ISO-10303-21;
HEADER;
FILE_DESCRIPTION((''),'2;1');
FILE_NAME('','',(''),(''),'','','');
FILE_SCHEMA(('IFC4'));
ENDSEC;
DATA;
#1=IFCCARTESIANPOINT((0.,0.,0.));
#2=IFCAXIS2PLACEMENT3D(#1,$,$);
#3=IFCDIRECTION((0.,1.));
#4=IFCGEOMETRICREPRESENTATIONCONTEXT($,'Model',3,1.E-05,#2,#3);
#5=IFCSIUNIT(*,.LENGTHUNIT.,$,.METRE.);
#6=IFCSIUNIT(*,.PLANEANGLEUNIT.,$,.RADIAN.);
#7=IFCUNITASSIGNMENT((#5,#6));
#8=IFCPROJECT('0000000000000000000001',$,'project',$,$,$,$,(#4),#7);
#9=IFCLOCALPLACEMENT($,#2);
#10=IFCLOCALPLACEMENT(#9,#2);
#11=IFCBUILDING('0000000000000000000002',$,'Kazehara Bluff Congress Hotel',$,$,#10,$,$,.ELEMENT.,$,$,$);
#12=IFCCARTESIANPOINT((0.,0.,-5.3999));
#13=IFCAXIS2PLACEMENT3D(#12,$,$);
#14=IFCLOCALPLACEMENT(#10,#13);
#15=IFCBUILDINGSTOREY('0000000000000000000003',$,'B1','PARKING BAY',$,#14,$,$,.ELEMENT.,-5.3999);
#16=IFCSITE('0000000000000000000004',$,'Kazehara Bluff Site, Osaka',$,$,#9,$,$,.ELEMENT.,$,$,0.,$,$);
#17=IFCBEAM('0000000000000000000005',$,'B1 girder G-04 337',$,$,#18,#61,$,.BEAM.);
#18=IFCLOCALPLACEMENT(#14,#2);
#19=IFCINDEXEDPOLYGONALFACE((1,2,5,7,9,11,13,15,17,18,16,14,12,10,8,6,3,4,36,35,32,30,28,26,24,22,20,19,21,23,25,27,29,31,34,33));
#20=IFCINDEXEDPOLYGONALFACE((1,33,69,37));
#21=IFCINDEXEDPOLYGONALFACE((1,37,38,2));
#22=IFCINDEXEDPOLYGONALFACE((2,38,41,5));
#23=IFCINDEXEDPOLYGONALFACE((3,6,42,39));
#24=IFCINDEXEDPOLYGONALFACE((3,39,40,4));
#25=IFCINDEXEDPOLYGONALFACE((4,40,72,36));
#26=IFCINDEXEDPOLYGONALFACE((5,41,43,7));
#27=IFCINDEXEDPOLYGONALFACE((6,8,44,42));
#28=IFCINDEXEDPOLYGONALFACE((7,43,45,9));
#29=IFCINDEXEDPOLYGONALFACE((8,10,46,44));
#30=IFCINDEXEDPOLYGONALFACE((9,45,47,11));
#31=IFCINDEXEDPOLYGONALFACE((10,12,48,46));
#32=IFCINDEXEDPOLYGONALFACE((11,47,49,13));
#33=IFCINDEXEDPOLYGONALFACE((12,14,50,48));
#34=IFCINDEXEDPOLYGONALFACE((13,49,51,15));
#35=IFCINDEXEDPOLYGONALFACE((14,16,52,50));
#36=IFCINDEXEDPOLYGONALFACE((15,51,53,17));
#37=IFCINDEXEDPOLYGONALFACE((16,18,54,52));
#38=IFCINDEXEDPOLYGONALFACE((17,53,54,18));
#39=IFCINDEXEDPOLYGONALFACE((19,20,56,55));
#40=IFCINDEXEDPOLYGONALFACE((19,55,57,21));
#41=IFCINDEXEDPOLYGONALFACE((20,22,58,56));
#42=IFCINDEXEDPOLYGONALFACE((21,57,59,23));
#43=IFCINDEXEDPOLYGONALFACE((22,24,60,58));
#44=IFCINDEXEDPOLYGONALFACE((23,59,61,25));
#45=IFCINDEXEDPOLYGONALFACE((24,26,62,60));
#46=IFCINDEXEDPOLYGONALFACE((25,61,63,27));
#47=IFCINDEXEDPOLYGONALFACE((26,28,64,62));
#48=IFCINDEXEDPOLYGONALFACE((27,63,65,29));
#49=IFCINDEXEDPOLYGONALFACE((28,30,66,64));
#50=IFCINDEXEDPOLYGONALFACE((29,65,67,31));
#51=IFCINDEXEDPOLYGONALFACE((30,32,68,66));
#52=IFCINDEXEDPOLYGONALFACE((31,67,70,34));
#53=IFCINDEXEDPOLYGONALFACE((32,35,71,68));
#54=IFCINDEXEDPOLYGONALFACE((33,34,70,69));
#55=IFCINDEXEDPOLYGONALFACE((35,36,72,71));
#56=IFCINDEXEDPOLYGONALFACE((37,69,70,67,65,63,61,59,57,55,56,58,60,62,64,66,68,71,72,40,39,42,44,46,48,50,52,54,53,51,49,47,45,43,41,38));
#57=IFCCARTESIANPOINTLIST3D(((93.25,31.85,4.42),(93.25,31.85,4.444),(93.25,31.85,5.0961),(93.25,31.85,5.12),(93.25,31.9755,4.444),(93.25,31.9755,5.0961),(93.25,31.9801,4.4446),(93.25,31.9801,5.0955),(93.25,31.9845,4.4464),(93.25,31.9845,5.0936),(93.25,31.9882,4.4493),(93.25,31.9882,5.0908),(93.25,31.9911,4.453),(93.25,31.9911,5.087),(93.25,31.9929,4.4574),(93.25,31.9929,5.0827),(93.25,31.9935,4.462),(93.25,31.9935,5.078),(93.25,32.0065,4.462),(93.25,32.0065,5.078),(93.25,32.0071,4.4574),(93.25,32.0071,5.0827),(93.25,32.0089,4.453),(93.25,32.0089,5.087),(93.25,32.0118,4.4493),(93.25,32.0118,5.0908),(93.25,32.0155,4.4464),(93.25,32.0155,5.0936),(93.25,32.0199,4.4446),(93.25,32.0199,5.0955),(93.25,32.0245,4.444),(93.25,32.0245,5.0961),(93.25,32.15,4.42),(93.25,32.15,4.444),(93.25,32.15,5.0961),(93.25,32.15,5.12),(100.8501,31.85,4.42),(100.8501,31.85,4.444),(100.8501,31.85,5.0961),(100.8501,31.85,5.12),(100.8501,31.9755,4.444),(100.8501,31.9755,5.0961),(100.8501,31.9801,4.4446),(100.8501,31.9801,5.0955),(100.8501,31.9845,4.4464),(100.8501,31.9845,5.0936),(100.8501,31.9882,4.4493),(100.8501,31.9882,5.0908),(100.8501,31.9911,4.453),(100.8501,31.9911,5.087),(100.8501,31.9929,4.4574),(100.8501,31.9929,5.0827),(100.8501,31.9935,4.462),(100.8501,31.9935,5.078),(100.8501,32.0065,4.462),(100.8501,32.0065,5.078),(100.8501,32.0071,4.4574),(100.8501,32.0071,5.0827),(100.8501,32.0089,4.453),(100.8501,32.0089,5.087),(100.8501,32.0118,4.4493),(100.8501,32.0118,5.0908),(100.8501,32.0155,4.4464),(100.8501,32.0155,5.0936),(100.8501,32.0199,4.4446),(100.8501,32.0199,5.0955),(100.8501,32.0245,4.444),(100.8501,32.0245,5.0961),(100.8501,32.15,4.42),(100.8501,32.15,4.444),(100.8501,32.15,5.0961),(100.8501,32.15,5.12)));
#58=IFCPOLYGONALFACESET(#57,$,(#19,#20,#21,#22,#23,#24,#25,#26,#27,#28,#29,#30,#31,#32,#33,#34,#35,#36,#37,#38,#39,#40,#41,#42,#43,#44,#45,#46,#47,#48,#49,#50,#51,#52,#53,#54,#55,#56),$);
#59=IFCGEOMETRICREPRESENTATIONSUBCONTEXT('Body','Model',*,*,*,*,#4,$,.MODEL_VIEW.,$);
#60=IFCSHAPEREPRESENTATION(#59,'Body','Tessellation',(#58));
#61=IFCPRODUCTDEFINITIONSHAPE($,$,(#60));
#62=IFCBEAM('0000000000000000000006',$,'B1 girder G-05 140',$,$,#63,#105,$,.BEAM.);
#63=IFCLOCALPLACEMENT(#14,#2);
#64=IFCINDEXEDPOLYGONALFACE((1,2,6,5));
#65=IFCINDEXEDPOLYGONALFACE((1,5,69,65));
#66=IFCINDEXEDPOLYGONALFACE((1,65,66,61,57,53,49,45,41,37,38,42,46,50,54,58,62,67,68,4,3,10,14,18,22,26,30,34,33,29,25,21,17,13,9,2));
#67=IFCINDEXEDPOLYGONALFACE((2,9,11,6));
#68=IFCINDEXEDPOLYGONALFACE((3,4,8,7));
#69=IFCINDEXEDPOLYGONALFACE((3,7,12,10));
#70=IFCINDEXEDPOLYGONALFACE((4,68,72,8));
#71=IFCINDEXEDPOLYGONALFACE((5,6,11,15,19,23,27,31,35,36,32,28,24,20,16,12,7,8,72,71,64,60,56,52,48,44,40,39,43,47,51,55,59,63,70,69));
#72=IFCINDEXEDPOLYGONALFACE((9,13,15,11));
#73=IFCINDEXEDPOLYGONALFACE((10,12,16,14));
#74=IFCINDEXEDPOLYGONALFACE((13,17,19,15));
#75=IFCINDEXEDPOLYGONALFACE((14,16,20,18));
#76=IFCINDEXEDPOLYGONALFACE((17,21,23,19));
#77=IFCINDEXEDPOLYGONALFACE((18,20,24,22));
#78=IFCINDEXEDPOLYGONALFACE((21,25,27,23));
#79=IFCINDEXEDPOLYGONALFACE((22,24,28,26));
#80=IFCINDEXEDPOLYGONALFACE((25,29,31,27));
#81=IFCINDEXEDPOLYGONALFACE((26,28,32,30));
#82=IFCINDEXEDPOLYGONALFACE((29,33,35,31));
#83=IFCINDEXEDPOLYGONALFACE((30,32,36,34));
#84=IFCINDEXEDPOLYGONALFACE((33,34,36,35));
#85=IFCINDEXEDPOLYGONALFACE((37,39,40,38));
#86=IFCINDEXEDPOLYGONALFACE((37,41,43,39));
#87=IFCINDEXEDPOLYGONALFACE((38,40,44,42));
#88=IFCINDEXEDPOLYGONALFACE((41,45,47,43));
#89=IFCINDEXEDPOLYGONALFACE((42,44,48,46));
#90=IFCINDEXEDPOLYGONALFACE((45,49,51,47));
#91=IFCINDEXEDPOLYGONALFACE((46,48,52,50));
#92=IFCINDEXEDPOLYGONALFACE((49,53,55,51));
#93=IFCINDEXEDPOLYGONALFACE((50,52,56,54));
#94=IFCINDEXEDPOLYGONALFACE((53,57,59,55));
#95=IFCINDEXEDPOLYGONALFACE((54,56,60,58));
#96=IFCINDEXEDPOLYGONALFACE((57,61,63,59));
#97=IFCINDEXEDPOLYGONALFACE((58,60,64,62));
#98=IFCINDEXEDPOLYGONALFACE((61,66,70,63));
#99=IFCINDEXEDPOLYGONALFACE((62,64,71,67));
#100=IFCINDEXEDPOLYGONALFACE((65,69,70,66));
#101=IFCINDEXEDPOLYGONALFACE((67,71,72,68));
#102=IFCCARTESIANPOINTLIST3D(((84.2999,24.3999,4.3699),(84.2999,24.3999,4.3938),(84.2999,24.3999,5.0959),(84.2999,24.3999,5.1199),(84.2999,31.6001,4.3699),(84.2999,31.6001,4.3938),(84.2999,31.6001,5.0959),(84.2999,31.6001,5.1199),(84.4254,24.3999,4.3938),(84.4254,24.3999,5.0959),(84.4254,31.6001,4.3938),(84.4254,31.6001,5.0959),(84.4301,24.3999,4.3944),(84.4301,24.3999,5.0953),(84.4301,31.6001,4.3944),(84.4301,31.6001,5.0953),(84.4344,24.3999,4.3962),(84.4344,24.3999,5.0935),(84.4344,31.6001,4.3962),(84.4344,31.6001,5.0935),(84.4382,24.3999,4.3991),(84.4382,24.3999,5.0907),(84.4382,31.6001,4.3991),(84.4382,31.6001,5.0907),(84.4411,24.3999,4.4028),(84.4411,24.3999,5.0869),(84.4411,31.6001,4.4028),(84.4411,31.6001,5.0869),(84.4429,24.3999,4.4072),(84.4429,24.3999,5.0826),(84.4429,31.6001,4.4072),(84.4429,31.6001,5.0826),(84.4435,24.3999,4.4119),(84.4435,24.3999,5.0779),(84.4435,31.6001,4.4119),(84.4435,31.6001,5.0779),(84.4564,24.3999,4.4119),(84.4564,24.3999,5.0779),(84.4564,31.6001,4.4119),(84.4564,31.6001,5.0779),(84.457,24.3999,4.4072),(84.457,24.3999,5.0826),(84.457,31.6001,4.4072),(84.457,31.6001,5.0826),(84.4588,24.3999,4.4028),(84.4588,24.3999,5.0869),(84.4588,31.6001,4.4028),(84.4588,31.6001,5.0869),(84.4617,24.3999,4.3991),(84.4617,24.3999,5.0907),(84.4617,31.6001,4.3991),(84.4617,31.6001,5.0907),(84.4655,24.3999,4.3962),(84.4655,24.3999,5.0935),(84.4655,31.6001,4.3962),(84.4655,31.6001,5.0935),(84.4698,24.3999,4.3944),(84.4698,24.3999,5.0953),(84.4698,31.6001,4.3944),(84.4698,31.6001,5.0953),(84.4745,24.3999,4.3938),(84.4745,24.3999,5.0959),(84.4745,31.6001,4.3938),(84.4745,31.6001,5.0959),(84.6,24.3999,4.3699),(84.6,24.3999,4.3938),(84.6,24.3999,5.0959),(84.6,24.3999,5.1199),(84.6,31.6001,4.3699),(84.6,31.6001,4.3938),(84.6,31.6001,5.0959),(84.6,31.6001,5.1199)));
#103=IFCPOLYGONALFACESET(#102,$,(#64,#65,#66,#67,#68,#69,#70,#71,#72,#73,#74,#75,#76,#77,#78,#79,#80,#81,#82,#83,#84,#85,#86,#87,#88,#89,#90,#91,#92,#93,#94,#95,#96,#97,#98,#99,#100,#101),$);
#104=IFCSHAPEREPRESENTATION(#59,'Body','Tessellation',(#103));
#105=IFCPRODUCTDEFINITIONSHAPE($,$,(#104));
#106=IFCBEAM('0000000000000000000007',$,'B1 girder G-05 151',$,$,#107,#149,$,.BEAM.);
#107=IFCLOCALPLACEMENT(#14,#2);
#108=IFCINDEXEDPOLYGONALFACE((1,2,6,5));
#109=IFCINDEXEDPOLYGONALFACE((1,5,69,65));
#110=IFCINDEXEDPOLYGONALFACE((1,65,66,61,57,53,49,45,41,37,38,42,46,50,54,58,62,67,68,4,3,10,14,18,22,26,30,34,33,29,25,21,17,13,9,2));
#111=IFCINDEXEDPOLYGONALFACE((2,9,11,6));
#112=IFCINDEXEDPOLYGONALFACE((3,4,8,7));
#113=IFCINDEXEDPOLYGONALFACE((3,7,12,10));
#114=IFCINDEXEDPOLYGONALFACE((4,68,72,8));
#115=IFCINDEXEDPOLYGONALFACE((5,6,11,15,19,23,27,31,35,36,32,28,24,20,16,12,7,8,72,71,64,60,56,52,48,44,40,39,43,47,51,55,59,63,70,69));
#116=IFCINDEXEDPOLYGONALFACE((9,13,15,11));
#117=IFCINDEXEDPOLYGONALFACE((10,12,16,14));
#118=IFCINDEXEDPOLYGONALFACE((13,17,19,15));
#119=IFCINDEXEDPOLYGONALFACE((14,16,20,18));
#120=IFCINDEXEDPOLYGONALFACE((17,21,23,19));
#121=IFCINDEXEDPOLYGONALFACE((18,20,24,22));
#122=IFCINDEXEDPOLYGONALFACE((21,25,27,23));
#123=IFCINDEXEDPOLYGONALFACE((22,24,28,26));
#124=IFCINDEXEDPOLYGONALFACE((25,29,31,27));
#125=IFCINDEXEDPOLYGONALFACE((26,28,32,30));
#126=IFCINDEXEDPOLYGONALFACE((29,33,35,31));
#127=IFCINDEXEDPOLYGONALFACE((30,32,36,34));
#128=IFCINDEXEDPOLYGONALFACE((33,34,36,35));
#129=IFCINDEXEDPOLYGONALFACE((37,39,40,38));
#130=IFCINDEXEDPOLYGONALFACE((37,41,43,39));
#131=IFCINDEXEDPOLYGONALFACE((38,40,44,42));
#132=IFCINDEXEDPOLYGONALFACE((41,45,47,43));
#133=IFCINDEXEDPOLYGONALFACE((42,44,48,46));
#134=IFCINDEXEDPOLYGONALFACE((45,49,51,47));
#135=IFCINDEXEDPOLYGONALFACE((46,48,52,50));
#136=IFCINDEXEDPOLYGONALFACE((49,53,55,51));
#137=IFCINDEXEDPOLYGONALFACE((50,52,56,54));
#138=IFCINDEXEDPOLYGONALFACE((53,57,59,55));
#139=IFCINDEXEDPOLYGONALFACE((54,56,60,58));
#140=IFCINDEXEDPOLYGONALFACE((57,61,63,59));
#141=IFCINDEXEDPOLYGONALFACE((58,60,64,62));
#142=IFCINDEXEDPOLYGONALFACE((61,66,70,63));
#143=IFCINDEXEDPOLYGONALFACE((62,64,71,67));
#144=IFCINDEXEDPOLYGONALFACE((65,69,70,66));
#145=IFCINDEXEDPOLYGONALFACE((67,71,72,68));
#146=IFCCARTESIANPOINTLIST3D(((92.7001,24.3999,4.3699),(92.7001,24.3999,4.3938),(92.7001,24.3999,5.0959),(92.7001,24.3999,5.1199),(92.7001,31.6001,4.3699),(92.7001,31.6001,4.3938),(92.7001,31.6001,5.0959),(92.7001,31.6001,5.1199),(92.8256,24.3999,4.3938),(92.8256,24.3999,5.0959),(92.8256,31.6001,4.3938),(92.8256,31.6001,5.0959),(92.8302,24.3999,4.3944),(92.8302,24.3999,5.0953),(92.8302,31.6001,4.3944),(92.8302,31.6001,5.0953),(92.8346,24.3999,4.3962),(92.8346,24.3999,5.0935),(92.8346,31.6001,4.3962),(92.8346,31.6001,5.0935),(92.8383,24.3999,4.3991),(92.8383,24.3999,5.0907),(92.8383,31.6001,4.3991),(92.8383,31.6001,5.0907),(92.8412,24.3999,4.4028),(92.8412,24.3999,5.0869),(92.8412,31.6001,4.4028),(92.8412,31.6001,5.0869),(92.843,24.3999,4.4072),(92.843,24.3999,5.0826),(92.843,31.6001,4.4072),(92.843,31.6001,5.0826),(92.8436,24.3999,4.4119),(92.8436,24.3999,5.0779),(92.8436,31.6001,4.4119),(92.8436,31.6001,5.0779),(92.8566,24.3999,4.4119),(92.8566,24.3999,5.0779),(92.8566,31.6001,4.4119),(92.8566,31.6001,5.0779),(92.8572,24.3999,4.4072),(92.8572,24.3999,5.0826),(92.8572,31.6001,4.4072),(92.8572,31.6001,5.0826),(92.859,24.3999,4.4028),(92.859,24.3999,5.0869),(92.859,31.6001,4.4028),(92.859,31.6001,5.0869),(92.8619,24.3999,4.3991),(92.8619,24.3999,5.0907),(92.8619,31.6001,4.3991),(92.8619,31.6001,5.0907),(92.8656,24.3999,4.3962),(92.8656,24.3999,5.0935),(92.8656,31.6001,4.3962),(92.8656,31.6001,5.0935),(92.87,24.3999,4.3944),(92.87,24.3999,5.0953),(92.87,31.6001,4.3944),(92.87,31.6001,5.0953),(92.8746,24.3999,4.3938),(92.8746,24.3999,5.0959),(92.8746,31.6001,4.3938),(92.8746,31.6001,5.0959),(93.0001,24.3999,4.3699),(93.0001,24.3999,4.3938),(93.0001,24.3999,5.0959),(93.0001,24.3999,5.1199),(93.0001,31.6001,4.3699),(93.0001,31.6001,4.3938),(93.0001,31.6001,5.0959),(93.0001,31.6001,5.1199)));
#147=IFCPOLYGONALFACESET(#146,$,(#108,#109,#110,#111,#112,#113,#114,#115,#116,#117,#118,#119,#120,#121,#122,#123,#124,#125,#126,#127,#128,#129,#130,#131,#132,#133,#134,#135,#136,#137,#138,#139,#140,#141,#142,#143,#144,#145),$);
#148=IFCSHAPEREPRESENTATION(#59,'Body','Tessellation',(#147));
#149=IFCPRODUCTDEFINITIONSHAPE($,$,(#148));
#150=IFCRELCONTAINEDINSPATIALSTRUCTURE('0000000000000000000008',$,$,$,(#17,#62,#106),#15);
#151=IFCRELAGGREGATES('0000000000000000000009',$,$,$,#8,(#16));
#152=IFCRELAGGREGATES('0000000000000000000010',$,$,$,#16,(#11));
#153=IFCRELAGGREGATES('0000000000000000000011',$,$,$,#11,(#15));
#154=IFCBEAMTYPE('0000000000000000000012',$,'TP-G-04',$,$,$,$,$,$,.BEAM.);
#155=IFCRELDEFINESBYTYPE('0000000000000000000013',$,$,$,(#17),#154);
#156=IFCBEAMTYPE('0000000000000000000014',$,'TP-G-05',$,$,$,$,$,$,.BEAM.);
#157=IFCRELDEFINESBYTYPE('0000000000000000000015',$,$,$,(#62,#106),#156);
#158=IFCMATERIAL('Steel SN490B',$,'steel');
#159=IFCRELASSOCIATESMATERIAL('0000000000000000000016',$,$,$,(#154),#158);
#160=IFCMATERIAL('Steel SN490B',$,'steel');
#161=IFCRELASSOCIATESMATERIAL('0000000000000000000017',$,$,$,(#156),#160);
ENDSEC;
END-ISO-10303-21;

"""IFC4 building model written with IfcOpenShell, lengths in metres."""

from ifc_helpers import new_model, si_unit, direction, frame, origin, origin_2d, place, context, subcontext, project, spatial, i_section, extrude, material, material_profile, profile_set, type_object, element, save


model = new_model("IFC4")

# Units and contexts
model_context = context("Model", 3, precision=1e-05, world=origin(), true_north=direction((0.0, 1.0)))
body_context = subcontext(model_context, "Body", "Model", "MODEL_VIEW")
ifc_project = project(units=[si_unit("LENGTHUNIT", "METRE"), si_unit("PLANEANGLEUNIT", "RADIAN")], contexts=[model_context])

# Site, building, storey
site_placement = place(None, origin())
site = spatial("IfcSite", under=ifc_project, at=site_placement, Name="Kazehara Bluff Site, Osaka", CompositionType="ELEMENT", RefElevation=0.0)
building_placement = place(site_placement, origin())
building = spatial("IfcBuilding", under=site, at=building_placement, Name="Kazehara Bluff Congress Hotel", CompositionType="ELEMENT")
storey_placement = place(building_placement, frame((0.0, 0.0, -5.3999)))
storey = spatial("IfcBuildingStorey", under=building, at=storey_placement, Name="B1", Description="PARKING BAY", CompositionType="ELEMENT", Elevation=-5.3999)

# Beams
ifc_material_1 = material(Name="Steel SN490B", Category="steel")
ifc_material_profile_1 = material_profile(ifc_material_1, i_section(OverallWidth=0.3, OverallDepth=0.7, WebThickness=0.0129, FlangeThickness=0.0239, FilletRadius=0.0181, at=origin_2d()))
ifc_profile_set_1 = profile_set([ifc_material_profile_1], Name="Steel SN490B")
beam_type_1 = type_object("IfcBeamType", Name="TP-G-04", PredefinedType="BEAM", material=ifc_profile_set_1)
beam_1_placement = place(storey_placement, frame((93.25, 32.0, 4.77), z_axis=(1.0, 0.0, 0.0), x_axis=(0.0, 1.0, 0.0)))
element("IfcBeam", 1, at=beam_1_placement, inside=storey, type_object=beam_type_1, Name="B1 girder G-04 337", PredefinedType="BEAM", context=body_context, shape_type="SweptSolid", body=[
    extrude(i_section(OverallWidth=0.3, OverallDepth=0.7, WebThickness=0.0129, FlangeThickness=0.0239, FilletRadius=0.0181, at=origin_2d()), origin(), (0.0, 0.0, 1.0), 7.6001),
])
ifc_material_2 = material(Name="Steel SN490B", Category="steel")
ifc_material_profile_2 = material_profile(ifc_material_2, i_section(OverallWidth=0.3, OverallDepth=0.75, WebThickness=0.0129, FlangeThickness=0.0239, FilletRadius=0.0181, at=origin_2d()))
ifc_profile_set_2 = profile_set([ifc_material_profile_2], Name="Steel SN490B")
beam_type_2 = type_object("IfcBeamType", Name="TP-G-05", PredefinedType="BEAM", material=ifc_profile_set_2)
for number, where, z_axis, x_axis, name in (
    (2, (84.45, 24.3999, 4.7449), (0.0, 1.0, 0.0), (-1.0, 0.0, 0.0), "B1 girder G-05 140"),
    (3, (92.8501, 24.3999, 4.7449), (0.0, 1.0, 0.0), (-1.0, 0.0, 0.0), "B1 girder G-05 151"),
):
    element("IfcBeam", number, at=place(storey_placement, frame(where, z_axis=z_axis, x_axis=x_axis)), inside=storey, type_object=beam_type_2, Name=name, PredefinedType="BEAM", context=body_context, shape_type="SweptSolid", body=[
        extrude(i_section(OverallWidth=0.3, OverallDepth=0.75, WebThickness=0.0129, FlangeThickness=0.0239, FilletRadius=0.0181, at=origin_2d()), origin(), (0.0, 0.0, 1.0), 7.2002),
    ])

save(model, "model.ifc")
